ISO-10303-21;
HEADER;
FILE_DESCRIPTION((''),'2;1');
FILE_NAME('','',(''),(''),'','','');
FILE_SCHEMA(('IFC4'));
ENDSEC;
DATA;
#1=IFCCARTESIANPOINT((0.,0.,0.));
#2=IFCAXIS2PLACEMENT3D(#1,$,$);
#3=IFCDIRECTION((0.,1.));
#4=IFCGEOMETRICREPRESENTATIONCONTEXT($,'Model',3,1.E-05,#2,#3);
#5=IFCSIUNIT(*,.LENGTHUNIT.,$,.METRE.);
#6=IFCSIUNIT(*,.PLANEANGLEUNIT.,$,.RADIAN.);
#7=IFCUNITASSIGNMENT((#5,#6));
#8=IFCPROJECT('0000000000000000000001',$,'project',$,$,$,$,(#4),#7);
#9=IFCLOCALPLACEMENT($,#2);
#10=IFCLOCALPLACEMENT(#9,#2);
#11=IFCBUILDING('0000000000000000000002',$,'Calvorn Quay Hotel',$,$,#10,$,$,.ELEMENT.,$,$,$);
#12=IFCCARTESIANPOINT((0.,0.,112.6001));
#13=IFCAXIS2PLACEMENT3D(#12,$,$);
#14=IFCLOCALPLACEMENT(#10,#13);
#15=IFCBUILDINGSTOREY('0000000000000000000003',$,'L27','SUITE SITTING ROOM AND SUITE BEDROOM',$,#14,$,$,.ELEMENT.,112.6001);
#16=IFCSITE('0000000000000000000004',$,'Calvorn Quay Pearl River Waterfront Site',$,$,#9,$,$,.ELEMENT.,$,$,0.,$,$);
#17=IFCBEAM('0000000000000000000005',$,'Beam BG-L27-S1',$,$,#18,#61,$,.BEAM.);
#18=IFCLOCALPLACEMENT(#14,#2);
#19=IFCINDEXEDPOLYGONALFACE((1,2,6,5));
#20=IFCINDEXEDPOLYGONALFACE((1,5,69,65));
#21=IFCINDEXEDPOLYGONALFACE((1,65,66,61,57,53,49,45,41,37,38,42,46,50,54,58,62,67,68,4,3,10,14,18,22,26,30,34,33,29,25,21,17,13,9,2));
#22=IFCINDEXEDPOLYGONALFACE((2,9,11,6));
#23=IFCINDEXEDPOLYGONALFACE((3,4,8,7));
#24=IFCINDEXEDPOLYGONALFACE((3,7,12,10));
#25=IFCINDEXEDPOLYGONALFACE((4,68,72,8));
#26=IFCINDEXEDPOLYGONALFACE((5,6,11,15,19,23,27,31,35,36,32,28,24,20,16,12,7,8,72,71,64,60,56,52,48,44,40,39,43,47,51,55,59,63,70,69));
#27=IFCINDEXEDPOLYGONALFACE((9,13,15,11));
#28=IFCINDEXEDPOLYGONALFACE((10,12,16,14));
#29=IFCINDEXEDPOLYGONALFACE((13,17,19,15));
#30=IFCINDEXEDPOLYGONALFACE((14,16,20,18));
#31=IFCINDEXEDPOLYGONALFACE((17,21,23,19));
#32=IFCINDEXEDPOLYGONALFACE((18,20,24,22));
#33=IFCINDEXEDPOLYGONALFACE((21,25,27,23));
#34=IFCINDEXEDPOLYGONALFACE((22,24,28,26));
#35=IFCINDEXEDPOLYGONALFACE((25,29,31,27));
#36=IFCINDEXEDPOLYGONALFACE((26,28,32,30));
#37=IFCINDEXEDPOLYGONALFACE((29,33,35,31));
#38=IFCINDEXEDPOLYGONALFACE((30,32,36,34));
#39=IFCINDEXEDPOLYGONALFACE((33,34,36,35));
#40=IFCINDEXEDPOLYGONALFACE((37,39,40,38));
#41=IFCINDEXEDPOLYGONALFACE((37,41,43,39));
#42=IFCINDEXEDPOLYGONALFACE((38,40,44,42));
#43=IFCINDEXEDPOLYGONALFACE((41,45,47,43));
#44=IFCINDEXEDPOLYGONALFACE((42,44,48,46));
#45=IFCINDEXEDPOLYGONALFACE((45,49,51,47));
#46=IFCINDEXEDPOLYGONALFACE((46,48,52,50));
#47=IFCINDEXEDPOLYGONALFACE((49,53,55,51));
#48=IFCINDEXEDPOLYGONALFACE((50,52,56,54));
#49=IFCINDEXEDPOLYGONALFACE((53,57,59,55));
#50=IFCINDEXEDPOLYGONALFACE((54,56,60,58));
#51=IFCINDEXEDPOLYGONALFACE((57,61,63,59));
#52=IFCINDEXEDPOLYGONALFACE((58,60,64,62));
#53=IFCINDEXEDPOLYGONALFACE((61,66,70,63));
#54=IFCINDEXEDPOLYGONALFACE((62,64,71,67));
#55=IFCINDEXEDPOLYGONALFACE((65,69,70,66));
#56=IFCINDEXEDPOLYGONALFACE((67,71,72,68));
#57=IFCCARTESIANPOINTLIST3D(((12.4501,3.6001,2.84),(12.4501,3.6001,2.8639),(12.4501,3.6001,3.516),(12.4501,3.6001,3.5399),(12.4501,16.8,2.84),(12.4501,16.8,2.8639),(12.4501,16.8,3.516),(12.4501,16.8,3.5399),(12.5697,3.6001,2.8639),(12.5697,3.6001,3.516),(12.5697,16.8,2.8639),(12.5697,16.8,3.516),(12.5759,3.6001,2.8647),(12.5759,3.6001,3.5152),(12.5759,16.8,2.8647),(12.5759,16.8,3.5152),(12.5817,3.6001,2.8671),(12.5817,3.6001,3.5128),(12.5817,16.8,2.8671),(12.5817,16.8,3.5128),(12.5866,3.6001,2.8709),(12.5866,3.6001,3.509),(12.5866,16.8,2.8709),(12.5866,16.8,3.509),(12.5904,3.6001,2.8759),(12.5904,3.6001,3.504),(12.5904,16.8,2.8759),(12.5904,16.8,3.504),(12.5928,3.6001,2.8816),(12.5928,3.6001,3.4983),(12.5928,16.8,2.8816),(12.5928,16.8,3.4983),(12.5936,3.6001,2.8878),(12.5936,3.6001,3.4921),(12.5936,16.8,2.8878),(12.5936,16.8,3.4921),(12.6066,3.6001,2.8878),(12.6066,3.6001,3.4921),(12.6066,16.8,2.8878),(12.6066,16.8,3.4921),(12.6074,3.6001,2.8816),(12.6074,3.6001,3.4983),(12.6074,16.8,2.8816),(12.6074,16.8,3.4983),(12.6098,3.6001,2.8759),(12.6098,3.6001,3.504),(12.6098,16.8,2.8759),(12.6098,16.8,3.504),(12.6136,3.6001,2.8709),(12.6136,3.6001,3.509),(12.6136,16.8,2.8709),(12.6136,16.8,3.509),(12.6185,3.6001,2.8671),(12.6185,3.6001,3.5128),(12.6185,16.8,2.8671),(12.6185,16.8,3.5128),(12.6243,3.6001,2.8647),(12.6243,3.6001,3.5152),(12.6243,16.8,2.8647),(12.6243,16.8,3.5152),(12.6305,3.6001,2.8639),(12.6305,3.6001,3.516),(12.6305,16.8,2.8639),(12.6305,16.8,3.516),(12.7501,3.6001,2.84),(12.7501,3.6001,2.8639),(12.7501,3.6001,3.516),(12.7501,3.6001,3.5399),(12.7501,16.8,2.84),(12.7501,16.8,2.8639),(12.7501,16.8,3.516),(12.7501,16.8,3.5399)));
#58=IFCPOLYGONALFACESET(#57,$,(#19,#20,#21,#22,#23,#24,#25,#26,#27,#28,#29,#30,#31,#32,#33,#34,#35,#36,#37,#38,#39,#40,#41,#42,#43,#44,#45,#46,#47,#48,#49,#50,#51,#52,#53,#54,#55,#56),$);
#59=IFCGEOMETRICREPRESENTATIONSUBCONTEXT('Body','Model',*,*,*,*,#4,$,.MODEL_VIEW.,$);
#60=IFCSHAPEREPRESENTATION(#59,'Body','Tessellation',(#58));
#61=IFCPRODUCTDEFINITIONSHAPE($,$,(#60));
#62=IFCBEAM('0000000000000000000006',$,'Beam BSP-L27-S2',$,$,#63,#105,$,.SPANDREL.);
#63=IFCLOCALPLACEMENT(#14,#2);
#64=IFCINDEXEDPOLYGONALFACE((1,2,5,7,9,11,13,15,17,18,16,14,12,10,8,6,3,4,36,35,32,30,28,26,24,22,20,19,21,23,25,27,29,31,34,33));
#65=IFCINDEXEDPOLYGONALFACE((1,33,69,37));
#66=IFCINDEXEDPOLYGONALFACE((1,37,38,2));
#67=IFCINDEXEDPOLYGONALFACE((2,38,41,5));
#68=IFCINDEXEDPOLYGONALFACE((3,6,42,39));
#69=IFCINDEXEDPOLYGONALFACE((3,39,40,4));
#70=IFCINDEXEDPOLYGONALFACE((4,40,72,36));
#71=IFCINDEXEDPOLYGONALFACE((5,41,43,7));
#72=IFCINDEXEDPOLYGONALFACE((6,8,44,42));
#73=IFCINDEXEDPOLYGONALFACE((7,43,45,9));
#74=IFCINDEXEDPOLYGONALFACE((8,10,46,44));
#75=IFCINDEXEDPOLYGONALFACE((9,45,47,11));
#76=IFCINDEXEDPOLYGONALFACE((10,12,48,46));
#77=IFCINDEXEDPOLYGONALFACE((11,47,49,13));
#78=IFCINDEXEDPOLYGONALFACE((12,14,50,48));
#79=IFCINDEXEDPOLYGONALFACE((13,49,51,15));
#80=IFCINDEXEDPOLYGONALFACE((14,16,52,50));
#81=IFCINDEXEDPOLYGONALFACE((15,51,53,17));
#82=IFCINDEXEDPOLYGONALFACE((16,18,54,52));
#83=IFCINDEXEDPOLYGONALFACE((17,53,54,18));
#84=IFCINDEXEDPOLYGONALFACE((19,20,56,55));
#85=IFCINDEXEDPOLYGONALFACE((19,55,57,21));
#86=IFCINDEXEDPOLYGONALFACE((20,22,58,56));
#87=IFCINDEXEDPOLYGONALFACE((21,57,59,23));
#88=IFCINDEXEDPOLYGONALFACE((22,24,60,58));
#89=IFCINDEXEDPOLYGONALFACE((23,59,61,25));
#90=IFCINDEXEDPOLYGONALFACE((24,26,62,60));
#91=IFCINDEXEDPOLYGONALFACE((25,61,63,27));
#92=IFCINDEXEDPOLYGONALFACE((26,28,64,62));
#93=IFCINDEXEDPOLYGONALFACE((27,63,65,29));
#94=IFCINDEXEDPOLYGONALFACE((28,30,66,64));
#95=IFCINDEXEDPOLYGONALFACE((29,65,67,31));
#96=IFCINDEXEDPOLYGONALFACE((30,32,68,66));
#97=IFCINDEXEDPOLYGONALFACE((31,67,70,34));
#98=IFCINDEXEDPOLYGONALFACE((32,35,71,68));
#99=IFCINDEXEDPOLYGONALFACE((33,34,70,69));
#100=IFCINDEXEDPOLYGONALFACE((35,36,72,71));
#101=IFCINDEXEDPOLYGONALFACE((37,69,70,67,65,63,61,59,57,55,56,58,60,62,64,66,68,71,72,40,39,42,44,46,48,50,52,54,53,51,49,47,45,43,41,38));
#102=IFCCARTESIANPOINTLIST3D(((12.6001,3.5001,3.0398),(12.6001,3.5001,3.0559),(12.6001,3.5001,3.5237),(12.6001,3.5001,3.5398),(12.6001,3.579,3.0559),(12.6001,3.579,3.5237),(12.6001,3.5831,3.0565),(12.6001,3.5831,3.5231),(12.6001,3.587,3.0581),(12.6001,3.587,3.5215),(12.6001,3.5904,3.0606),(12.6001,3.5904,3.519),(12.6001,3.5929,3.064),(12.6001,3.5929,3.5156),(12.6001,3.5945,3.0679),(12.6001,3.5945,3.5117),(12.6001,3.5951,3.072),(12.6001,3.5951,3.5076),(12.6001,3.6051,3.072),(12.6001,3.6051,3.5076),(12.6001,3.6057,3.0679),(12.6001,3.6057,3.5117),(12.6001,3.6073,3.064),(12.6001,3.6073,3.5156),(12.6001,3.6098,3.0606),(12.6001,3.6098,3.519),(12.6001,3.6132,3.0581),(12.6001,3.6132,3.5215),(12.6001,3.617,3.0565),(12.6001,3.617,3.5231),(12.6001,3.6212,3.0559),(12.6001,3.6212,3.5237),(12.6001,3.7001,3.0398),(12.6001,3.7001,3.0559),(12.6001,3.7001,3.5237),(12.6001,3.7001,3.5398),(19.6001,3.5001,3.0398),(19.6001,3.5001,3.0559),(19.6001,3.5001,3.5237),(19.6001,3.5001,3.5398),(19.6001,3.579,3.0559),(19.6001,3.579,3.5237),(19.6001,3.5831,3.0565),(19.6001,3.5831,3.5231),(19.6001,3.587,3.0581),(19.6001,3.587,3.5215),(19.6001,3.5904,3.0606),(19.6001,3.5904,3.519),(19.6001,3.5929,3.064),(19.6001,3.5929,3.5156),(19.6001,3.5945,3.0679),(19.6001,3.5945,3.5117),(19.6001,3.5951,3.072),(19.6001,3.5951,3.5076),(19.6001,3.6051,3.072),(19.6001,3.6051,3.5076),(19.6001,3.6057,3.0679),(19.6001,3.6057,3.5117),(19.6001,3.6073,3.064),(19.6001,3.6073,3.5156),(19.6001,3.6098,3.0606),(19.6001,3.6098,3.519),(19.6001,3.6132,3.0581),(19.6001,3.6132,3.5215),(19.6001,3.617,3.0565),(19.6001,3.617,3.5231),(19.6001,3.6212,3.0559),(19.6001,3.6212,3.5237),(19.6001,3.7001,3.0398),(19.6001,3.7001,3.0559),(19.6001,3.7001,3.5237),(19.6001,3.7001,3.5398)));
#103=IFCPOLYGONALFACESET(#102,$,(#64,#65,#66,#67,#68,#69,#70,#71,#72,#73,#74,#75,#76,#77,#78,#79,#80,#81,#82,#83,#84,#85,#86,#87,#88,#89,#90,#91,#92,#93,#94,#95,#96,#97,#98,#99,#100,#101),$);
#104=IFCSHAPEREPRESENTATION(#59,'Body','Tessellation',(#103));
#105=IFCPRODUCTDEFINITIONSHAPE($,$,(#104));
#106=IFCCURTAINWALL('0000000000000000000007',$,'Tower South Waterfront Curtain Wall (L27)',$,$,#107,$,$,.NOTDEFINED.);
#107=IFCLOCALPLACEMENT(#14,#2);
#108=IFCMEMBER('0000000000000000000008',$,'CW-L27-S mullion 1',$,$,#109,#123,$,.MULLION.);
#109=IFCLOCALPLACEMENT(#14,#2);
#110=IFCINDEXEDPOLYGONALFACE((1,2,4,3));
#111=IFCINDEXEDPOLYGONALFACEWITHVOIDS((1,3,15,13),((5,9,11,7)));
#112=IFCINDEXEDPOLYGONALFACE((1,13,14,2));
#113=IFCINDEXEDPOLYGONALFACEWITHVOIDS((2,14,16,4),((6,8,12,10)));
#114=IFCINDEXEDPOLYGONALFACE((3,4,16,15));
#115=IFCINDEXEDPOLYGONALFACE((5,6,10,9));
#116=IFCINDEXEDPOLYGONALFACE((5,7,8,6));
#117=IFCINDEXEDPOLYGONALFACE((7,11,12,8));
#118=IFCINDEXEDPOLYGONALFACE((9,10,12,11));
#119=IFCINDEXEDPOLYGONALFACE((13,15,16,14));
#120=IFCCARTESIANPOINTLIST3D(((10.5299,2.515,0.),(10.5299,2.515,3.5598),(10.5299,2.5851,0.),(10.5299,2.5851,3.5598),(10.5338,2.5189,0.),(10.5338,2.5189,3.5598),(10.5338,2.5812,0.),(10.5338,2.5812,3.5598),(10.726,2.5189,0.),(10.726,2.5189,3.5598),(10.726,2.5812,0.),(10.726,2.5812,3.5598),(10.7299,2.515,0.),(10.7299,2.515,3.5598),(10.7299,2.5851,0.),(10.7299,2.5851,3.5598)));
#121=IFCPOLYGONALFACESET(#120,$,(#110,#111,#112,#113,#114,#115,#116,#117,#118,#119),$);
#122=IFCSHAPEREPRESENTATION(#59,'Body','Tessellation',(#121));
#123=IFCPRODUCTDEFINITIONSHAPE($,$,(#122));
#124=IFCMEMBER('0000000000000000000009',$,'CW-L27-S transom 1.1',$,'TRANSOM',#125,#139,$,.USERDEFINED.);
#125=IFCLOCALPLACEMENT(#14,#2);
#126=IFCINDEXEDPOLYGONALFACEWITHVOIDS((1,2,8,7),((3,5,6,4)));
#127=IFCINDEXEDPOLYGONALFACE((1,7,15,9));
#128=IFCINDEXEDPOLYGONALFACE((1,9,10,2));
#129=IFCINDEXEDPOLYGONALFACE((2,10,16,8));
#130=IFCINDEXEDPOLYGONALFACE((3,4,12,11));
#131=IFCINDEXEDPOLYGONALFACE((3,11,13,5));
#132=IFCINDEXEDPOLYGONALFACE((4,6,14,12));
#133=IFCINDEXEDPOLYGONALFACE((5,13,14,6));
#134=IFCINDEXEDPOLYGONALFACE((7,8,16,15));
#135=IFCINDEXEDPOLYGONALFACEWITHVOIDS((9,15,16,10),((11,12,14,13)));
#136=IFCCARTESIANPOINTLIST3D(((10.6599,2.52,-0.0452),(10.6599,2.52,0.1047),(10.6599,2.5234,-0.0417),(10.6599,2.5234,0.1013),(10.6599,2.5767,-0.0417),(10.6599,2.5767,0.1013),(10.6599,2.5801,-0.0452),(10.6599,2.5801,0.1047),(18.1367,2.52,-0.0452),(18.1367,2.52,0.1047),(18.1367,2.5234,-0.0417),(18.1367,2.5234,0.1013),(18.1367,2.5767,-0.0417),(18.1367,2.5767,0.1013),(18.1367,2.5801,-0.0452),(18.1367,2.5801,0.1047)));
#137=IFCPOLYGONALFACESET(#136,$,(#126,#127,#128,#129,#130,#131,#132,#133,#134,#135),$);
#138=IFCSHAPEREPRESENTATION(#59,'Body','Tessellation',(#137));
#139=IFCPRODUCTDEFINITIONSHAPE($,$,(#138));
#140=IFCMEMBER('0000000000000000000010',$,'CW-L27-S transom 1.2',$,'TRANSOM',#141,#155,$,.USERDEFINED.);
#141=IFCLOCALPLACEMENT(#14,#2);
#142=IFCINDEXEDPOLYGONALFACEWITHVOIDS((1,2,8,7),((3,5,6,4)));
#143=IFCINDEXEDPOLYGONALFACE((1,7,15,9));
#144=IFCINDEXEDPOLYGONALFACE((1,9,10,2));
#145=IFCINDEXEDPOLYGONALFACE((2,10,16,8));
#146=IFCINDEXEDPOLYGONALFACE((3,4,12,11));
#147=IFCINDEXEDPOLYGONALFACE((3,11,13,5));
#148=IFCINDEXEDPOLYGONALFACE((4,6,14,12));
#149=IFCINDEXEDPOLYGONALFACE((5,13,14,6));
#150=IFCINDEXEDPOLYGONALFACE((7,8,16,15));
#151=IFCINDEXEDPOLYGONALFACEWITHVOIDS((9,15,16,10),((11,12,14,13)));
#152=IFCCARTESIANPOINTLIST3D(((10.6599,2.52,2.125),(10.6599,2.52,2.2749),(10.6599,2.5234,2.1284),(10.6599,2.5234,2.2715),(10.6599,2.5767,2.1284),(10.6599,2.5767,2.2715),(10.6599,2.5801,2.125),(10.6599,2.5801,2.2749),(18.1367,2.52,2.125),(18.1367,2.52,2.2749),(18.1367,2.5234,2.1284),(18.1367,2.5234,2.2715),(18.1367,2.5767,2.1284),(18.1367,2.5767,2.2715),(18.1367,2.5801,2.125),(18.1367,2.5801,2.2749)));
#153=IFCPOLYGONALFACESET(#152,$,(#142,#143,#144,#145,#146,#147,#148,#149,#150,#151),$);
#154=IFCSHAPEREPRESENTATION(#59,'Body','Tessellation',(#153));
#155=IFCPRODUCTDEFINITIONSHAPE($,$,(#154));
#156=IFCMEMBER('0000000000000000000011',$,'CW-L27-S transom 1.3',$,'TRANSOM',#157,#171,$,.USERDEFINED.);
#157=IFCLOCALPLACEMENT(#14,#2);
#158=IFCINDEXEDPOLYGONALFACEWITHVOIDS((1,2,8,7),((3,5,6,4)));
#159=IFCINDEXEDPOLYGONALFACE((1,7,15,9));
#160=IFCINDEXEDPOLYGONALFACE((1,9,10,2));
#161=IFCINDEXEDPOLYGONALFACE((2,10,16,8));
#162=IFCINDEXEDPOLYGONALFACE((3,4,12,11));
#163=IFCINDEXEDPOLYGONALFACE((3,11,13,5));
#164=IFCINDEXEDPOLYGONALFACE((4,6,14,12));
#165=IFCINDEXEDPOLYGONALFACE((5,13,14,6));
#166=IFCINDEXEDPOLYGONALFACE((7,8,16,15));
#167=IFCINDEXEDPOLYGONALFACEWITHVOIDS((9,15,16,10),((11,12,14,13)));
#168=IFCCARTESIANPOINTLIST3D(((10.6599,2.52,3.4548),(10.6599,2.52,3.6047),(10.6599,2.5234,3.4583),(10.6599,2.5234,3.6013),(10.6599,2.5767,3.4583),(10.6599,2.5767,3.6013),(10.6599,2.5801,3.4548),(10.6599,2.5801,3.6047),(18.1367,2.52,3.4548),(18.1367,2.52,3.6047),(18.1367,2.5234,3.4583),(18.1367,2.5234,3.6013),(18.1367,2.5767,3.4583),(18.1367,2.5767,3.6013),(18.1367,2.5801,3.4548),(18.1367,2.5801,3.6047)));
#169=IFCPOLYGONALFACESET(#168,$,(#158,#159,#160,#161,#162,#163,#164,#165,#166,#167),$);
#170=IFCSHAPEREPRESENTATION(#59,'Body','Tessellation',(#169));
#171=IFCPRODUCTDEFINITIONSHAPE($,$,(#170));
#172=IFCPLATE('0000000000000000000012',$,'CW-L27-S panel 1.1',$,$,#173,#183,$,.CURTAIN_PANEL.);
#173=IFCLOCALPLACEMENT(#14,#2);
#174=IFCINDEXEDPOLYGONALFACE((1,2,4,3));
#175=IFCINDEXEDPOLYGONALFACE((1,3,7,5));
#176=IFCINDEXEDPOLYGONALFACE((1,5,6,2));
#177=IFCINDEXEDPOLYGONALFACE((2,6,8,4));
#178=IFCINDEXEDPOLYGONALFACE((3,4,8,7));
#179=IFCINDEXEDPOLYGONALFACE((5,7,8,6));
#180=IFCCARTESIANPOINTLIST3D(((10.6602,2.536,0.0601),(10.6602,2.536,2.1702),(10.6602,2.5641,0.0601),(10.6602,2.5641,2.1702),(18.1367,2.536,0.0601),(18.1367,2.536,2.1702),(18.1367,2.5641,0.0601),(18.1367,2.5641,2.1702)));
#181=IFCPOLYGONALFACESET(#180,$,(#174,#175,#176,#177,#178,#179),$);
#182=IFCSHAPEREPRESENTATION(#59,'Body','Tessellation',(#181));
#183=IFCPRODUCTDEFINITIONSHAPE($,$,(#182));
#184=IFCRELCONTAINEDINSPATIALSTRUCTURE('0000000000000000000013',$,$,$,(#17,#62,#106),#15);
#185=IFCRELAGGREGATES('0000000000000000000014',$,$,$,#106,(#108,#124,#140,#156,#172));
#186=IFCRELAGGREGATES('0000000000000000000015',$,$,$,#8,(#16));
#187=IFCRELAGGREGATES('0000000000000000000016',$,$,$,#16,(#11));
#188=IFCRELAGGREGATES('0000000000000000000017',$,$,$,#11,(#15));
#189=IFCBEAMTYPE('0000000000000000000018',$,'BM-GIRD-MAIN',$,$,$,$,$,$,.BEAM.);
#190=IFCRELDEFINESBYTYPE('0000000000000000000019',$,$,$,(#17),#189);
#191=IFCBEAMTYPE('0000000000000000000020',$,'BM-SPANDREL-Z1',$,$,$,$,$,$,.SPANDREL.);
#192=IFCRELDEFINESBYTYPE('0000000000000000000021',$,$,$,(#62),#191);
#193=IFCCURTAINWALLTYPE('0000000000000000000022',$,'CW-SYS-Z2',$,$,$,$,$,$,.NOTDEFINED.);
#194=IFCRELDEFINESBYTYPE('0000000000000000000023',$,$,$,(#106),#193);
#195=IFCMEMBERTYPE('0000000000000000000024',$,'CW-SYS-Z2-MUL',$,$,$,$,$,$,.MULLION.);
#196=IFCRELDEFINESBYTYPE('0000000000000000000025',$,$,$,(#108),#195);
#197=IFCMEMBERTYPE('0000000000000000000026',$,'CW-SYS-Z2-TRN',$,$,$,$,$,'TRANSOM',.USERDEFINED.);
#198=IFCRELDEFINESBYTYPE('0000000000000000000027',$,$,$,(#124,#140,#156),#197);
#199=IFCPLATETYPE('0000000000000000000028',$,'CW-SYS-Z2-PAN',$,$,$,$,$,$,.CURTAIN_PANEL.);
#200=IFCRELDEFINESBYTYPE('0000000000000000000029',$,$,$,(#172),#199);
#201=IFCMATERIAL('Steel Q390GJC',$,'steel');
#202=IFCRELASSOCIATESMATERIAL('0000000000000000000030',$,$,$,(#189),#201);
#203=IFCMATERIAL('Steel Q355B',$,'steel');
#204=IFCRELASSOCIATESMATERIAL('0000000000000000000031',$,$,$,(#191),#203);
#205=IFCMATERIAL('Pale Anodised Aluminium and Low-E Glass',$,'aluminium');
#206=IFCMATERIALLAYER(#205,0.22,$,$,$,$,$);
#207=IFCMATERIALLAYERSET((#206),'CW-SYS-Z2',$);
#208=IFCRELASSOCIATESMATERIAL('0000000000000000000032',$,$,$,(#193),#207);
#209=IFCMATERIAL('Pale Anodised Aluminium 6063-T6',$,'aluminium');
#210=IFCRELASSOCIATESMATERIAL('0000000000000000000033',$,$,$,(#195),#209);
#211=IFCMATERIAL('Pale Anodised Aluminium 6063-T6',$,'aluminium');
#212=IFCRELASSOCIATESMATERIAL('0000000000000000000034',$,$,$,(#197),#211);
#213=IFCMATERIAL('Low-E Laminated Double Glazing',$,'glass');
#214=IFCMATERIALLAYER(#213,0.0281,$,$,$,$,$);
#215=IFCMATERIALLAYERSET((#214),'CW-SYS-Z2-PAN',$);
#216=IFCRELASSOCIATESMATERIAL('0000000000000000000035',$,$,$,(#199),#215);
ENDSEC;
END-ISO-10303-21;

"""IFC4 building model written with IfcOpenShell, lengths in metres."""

from ifc_helpers import new_model, si_unit, direction, frame, origin, origin_2d, place, context, subcontext, project, spatial, rectangle, hollow_rectangle, i_section, extrude, material, layer, layer_set, material_profile, profile_set, type_object, element, aggregate, save


model = new_model("IFC4")

# Units and contexts
model_context = context("Model", 3, precision=1e-05, world=origin(), true_north=direction((0.0, 1.0)))
body_context = subcontext(model_context, "Body", "Model", "MODEL_VIEW")
ifc_project = project(units=[si_unit("LENGTHUNIT", "METRE"), si_unit("PLANEANGLEUNIT", "RADIAN")], contexts=[model_context])

# Site, building, storey
site_placement = place(None, origin())
site = spatial("IfcSite", under=ifc_project, at=site_placement, Name="Calvorn Quay Pearl River Waterfront Site", CompositionType="ELEMENT", RefElevation=0.0)
building_placement = place(site_placement, origin())
building = spatial("IfcBuilding", under=site, at=building_placement, Name="Calvorn Quay Hotel", CompositionType="ELEMENT")
storey_placement = place(building_placement, frame((0.0, 0.0, 112.6001)))
storey = spatial("IfcBuildingStorey", under=building, at=storey_placement, Name="L27", Description="SUITE SITTING ROOM AND SUITE BEDROOM", CompositionType="ELEMENT", Elevation=112.6001)

# Beams
ifc_material_1 = material(Name="Steel Q390GJC", Category="steel")
ifc_material_profile_1 = material_profile(ifc_material_1, i_section(OverallWidth=0.3, OverallDepth=0.7, WebThickness=0.0129, FlangeThickness=0.0239, FilletRadius=0.0239, at=origin_2d()), Name="HN700x300x13x24")
ifc_profile_set_1 = profile_set([ifc_material_profile_1], Name="Steel Q390GJC")
beam_type_1 = type_object("IfcBeamType", Name="BM-GIRD-MAIN", PredefinedType="BEAM", material=ifc_profile_set_1)
beam_1_placement = place(storey_placement, frame((12.6001, 3.6001, 3.1899), z_axis=(0.0, 1.0, 0.0), x_axis=(-1.0, 0.0, 0.0)))
element("IfcBeam", 1, at=beam_1_placement, inside=storey, type_object=beam_type_1, Name="Beam BG-L27-S1", PredefinedType="BEAM", context=body_context, shape_type="SweptSolid", body=[
    extrude(i_section(OverallWidth=0.3, OverallDepth=0.7, WebThickness=0.0129, FlangeThickness=0.0239, FilletRadius=0.0239, at=origin_2d()), origin(), (0.0, 0.0, 1.0), 13.2),
])
ifc_material_2 = material(Name="Steel Q355B", Category="steel")
ifc_material_profile_2 = material_profile(ifc_material_2, i_section(OverallWidth=0.2, OverallDepth=0.5, WebThickness=0.01, FlangeThickness=0.0161, FilletRadius=0.0161, at=origin_2d()), Name="HN500x200x10x16")
ifc_profile_set_2 = profile_set([ifc_material_profile_2], Name="Steel Q355B")
beam_type_2 = type_object("IfcBeamType", Name="BM-SPANDREL-Z1", PredefinedType="SPANDREL", material=ifc_profile_set_2)
beam_2_placement = place(storey_placement, frame((12.6001, 3.6001, 3.2898), z_axis=(1.0, 0.0, 0.0), x_axis=(0.0, 1.0, 0.0)))
element("IfcBeam", 2, at=beam_2_placement, inside=storey, type_object=beam_type_2, Name="Beam BSP-L27-S2", PredefinedType="SPANDREL", context=body_context, shape_type="SweptSolid", body=[
    extrude(i_section(OverallWidth=0.2, OverallDepth=0.5, WebThickness=0.01, FlangeThickness=0.0161, FilletRadius=0.0161, at=origin_2d()), origin(), (0.0, 0.0, 1.0), 7.0),
])

# Curtain wall, members, plate
ifc_material_3 = material(Name="Pale Anodised Aluminium and Low-E Glass", Category="aluminium")
ifc_layer_1 = layer(ifc_material_3, 0.22)
ifc_layer_set_1 = layer_set([ifc_layer_1], Name="CW-SYS-Z2")
curtain_wall_type = type_object("IfcCurtainWallType", Name="CW-SYS-Z2", PredefinedType="NOTDEFINED", material=ifc_layer_set_1)
curtain_wall_placement = place(storey_placement, origin())
curtain_wall = element("IfcCurtainWall", 3, at=curtain_wall_placement, inside=storey, type_object=curtain_wall_type, Name="Tower South Waterfront Curtain Wall (L27)", PredefinedType="NOTDEFINED")
ifc_material_4 = material(Name="Pale Anodised Aluminium 6063-T6", Category="aluminium")
ifc_material_profile_3 = material_profile(ifc_material_4, hollow_rectangle(XDim=0.0701, YDim=0.2, WallThickness=0.0039, at=origin_2d()), Name="ALU-M200x70x4")
ifc_profile_set_3 = profile_set([ifc_material_profile_3], Name="Pale Anodised Aluminium 6063-T6")
member_type_1 = type_object("IfcMemberType", Name="CW-SYS-Z2-MUL", PredefinedType="MULLION", material=ifc_profile_set_3)
member_1_placement = place(storey_placement, frame((10.6299, 2.55, 0.0), z_axis=(0.0, 0.0, 1.0), x_axis=(0.0, 1.0, 0.0)))
member_1 = element("IfcMember", 4, at=member_1_placement, type_object=member_type_1, Name="CW-L27-S mullion 1", PredefinedType="MULLION", context=body_context, shape_type="SweptSolid", body=[
    extrude(hollow_rectangle(XDim=0.0701, YDim=0.2, WallThickness=0.0039, at=origin_2d()), origin(), (0.0, 0.0, 1.0), 3.5598),
])
ifc_material_5 = material(Name="Pale Anodised Aluminium 6063-T6", Category="aluminium")
ifc_material_profile_4 = material_profile(ifc_material_5, hollow_rectangle(XDim=0.0601, YDim=0.1499, WallThickness=0.0034, at=origin_2d()), Name="ALU-T150x60x3.5")
ifc_profile_set_4 = profile_set([ifc_material_profile_4], Name="Pale Anodised Aluminium 6063-T6")
member_type_2 = type_object("IfcMemberType", Name="CW-SYS-Z2-TRN", ElementType="TRANSOM", PredefinedType="USERDEFINED", material=ifc_profile_set_4)
member_2_placement = place(storey_placement, frame((10.6599, 2.55, 0.0298), z_axis=(1.0, 0.0, 0.0), x_axis=(0.0, 1.0, 0.0)))
member_2 = element("IfcMember", 5, at=member_2_placement, type_object=member_type_2, Name="CW-L27-S transom 1.1", ObjectType="TRANSOM", PredefinedType="USERDEFINED", context=body_context, shape_type="SweptSolid", body=[
    extrude(hollow_rectangle(XDim=0.0601, YDim=0.1499, WallThickness=0.0034, at=origin_2d()), origin(), (0.0, 0.0, 1.0), 7.4768),
])
member_3_placement = place(storey_placement, frame((10.6599, 2.55, 2.2), z_axis=(1.0, 0.0, 0.0), x_axis=(0.0, 1.0, 0.0)))
member_3 = element("IfcMember", 6, at=member_3_placement, type_object=member_type_2, Name="CW-L27-S transom 1.2", ObjectType="TRANSOM", PredefinedType="USERDEFINED", context=body_context, shape_type="SweptSolid", body=[
    extrude(hollow_rectangle(XDim=0.0601, YDim=0.1499, WallThickness=0.0034, at=origin_2d()), origin(), (0.0, 0.0, 1.0), 7.4768),
])
member_4_placement = place(storey_placement, frame((10.6599, 2.55, 3.5298), z_axis=(1.0, 0.0, 0.0), x_axis=(0.0, 1.0, 0.0)))
member_4 = element("IfcMember", 7, at=member_4_placement, type_object=member_type_2, Name="CW-L27-S transom 1.3", ObjectType="TRANSOM", PredefinedType="USERDEFINED", context=body_context, shape_type="SweptSolid", body=[
    extrude(hollow_rectangle(XDim=0.0601, YDim=0.1499, WallThickness=0.0034, at=origin_2d()), origin(), (0.0, 0.0, 1.0), 7.4768),
])
ifc_material_6 = material(Name="Low-E Laminated Double Glazing", Category="glass")
ifc_layer_2 = layer(ifc_material_6, 0.0281)
ifc_layer_set_2 = layer_set([ifc_layer_2], Name="CW-SYS-Z2-PAN")
plate_type = type_object("IfcPlateType", Name="CW-SYS-Z2-PAN", PredefinedType="CURTAIN_PANEL", material=ifc_layer_set_2)
plate_1_placement = place(storey_placement, frame((14.3984, 2.55, 0.0601), z_axis=(0.0, 0.0, 1.0), x_axis=(1.0, 0.0, 0.0)))
plate_1 = element("IfcPlate", 8, at=plate_1_placement, type_object=plate_type, Name="CW-L27-S panel 1.1", PredefinedType="CURTAIN_PANEL", context=body_context, shape_type="SweptSolid", body=[
    extrude(rectangle(XDim=7.4766, YDim=0.0281, at=origin_2d()), origin(), (0.0, 0.0, 1.0), 2.1101),
])
aggregate(curtain_wall, [member_1, member_2, member_3, member_4, plate_1])

save(model, "model.ifc")
